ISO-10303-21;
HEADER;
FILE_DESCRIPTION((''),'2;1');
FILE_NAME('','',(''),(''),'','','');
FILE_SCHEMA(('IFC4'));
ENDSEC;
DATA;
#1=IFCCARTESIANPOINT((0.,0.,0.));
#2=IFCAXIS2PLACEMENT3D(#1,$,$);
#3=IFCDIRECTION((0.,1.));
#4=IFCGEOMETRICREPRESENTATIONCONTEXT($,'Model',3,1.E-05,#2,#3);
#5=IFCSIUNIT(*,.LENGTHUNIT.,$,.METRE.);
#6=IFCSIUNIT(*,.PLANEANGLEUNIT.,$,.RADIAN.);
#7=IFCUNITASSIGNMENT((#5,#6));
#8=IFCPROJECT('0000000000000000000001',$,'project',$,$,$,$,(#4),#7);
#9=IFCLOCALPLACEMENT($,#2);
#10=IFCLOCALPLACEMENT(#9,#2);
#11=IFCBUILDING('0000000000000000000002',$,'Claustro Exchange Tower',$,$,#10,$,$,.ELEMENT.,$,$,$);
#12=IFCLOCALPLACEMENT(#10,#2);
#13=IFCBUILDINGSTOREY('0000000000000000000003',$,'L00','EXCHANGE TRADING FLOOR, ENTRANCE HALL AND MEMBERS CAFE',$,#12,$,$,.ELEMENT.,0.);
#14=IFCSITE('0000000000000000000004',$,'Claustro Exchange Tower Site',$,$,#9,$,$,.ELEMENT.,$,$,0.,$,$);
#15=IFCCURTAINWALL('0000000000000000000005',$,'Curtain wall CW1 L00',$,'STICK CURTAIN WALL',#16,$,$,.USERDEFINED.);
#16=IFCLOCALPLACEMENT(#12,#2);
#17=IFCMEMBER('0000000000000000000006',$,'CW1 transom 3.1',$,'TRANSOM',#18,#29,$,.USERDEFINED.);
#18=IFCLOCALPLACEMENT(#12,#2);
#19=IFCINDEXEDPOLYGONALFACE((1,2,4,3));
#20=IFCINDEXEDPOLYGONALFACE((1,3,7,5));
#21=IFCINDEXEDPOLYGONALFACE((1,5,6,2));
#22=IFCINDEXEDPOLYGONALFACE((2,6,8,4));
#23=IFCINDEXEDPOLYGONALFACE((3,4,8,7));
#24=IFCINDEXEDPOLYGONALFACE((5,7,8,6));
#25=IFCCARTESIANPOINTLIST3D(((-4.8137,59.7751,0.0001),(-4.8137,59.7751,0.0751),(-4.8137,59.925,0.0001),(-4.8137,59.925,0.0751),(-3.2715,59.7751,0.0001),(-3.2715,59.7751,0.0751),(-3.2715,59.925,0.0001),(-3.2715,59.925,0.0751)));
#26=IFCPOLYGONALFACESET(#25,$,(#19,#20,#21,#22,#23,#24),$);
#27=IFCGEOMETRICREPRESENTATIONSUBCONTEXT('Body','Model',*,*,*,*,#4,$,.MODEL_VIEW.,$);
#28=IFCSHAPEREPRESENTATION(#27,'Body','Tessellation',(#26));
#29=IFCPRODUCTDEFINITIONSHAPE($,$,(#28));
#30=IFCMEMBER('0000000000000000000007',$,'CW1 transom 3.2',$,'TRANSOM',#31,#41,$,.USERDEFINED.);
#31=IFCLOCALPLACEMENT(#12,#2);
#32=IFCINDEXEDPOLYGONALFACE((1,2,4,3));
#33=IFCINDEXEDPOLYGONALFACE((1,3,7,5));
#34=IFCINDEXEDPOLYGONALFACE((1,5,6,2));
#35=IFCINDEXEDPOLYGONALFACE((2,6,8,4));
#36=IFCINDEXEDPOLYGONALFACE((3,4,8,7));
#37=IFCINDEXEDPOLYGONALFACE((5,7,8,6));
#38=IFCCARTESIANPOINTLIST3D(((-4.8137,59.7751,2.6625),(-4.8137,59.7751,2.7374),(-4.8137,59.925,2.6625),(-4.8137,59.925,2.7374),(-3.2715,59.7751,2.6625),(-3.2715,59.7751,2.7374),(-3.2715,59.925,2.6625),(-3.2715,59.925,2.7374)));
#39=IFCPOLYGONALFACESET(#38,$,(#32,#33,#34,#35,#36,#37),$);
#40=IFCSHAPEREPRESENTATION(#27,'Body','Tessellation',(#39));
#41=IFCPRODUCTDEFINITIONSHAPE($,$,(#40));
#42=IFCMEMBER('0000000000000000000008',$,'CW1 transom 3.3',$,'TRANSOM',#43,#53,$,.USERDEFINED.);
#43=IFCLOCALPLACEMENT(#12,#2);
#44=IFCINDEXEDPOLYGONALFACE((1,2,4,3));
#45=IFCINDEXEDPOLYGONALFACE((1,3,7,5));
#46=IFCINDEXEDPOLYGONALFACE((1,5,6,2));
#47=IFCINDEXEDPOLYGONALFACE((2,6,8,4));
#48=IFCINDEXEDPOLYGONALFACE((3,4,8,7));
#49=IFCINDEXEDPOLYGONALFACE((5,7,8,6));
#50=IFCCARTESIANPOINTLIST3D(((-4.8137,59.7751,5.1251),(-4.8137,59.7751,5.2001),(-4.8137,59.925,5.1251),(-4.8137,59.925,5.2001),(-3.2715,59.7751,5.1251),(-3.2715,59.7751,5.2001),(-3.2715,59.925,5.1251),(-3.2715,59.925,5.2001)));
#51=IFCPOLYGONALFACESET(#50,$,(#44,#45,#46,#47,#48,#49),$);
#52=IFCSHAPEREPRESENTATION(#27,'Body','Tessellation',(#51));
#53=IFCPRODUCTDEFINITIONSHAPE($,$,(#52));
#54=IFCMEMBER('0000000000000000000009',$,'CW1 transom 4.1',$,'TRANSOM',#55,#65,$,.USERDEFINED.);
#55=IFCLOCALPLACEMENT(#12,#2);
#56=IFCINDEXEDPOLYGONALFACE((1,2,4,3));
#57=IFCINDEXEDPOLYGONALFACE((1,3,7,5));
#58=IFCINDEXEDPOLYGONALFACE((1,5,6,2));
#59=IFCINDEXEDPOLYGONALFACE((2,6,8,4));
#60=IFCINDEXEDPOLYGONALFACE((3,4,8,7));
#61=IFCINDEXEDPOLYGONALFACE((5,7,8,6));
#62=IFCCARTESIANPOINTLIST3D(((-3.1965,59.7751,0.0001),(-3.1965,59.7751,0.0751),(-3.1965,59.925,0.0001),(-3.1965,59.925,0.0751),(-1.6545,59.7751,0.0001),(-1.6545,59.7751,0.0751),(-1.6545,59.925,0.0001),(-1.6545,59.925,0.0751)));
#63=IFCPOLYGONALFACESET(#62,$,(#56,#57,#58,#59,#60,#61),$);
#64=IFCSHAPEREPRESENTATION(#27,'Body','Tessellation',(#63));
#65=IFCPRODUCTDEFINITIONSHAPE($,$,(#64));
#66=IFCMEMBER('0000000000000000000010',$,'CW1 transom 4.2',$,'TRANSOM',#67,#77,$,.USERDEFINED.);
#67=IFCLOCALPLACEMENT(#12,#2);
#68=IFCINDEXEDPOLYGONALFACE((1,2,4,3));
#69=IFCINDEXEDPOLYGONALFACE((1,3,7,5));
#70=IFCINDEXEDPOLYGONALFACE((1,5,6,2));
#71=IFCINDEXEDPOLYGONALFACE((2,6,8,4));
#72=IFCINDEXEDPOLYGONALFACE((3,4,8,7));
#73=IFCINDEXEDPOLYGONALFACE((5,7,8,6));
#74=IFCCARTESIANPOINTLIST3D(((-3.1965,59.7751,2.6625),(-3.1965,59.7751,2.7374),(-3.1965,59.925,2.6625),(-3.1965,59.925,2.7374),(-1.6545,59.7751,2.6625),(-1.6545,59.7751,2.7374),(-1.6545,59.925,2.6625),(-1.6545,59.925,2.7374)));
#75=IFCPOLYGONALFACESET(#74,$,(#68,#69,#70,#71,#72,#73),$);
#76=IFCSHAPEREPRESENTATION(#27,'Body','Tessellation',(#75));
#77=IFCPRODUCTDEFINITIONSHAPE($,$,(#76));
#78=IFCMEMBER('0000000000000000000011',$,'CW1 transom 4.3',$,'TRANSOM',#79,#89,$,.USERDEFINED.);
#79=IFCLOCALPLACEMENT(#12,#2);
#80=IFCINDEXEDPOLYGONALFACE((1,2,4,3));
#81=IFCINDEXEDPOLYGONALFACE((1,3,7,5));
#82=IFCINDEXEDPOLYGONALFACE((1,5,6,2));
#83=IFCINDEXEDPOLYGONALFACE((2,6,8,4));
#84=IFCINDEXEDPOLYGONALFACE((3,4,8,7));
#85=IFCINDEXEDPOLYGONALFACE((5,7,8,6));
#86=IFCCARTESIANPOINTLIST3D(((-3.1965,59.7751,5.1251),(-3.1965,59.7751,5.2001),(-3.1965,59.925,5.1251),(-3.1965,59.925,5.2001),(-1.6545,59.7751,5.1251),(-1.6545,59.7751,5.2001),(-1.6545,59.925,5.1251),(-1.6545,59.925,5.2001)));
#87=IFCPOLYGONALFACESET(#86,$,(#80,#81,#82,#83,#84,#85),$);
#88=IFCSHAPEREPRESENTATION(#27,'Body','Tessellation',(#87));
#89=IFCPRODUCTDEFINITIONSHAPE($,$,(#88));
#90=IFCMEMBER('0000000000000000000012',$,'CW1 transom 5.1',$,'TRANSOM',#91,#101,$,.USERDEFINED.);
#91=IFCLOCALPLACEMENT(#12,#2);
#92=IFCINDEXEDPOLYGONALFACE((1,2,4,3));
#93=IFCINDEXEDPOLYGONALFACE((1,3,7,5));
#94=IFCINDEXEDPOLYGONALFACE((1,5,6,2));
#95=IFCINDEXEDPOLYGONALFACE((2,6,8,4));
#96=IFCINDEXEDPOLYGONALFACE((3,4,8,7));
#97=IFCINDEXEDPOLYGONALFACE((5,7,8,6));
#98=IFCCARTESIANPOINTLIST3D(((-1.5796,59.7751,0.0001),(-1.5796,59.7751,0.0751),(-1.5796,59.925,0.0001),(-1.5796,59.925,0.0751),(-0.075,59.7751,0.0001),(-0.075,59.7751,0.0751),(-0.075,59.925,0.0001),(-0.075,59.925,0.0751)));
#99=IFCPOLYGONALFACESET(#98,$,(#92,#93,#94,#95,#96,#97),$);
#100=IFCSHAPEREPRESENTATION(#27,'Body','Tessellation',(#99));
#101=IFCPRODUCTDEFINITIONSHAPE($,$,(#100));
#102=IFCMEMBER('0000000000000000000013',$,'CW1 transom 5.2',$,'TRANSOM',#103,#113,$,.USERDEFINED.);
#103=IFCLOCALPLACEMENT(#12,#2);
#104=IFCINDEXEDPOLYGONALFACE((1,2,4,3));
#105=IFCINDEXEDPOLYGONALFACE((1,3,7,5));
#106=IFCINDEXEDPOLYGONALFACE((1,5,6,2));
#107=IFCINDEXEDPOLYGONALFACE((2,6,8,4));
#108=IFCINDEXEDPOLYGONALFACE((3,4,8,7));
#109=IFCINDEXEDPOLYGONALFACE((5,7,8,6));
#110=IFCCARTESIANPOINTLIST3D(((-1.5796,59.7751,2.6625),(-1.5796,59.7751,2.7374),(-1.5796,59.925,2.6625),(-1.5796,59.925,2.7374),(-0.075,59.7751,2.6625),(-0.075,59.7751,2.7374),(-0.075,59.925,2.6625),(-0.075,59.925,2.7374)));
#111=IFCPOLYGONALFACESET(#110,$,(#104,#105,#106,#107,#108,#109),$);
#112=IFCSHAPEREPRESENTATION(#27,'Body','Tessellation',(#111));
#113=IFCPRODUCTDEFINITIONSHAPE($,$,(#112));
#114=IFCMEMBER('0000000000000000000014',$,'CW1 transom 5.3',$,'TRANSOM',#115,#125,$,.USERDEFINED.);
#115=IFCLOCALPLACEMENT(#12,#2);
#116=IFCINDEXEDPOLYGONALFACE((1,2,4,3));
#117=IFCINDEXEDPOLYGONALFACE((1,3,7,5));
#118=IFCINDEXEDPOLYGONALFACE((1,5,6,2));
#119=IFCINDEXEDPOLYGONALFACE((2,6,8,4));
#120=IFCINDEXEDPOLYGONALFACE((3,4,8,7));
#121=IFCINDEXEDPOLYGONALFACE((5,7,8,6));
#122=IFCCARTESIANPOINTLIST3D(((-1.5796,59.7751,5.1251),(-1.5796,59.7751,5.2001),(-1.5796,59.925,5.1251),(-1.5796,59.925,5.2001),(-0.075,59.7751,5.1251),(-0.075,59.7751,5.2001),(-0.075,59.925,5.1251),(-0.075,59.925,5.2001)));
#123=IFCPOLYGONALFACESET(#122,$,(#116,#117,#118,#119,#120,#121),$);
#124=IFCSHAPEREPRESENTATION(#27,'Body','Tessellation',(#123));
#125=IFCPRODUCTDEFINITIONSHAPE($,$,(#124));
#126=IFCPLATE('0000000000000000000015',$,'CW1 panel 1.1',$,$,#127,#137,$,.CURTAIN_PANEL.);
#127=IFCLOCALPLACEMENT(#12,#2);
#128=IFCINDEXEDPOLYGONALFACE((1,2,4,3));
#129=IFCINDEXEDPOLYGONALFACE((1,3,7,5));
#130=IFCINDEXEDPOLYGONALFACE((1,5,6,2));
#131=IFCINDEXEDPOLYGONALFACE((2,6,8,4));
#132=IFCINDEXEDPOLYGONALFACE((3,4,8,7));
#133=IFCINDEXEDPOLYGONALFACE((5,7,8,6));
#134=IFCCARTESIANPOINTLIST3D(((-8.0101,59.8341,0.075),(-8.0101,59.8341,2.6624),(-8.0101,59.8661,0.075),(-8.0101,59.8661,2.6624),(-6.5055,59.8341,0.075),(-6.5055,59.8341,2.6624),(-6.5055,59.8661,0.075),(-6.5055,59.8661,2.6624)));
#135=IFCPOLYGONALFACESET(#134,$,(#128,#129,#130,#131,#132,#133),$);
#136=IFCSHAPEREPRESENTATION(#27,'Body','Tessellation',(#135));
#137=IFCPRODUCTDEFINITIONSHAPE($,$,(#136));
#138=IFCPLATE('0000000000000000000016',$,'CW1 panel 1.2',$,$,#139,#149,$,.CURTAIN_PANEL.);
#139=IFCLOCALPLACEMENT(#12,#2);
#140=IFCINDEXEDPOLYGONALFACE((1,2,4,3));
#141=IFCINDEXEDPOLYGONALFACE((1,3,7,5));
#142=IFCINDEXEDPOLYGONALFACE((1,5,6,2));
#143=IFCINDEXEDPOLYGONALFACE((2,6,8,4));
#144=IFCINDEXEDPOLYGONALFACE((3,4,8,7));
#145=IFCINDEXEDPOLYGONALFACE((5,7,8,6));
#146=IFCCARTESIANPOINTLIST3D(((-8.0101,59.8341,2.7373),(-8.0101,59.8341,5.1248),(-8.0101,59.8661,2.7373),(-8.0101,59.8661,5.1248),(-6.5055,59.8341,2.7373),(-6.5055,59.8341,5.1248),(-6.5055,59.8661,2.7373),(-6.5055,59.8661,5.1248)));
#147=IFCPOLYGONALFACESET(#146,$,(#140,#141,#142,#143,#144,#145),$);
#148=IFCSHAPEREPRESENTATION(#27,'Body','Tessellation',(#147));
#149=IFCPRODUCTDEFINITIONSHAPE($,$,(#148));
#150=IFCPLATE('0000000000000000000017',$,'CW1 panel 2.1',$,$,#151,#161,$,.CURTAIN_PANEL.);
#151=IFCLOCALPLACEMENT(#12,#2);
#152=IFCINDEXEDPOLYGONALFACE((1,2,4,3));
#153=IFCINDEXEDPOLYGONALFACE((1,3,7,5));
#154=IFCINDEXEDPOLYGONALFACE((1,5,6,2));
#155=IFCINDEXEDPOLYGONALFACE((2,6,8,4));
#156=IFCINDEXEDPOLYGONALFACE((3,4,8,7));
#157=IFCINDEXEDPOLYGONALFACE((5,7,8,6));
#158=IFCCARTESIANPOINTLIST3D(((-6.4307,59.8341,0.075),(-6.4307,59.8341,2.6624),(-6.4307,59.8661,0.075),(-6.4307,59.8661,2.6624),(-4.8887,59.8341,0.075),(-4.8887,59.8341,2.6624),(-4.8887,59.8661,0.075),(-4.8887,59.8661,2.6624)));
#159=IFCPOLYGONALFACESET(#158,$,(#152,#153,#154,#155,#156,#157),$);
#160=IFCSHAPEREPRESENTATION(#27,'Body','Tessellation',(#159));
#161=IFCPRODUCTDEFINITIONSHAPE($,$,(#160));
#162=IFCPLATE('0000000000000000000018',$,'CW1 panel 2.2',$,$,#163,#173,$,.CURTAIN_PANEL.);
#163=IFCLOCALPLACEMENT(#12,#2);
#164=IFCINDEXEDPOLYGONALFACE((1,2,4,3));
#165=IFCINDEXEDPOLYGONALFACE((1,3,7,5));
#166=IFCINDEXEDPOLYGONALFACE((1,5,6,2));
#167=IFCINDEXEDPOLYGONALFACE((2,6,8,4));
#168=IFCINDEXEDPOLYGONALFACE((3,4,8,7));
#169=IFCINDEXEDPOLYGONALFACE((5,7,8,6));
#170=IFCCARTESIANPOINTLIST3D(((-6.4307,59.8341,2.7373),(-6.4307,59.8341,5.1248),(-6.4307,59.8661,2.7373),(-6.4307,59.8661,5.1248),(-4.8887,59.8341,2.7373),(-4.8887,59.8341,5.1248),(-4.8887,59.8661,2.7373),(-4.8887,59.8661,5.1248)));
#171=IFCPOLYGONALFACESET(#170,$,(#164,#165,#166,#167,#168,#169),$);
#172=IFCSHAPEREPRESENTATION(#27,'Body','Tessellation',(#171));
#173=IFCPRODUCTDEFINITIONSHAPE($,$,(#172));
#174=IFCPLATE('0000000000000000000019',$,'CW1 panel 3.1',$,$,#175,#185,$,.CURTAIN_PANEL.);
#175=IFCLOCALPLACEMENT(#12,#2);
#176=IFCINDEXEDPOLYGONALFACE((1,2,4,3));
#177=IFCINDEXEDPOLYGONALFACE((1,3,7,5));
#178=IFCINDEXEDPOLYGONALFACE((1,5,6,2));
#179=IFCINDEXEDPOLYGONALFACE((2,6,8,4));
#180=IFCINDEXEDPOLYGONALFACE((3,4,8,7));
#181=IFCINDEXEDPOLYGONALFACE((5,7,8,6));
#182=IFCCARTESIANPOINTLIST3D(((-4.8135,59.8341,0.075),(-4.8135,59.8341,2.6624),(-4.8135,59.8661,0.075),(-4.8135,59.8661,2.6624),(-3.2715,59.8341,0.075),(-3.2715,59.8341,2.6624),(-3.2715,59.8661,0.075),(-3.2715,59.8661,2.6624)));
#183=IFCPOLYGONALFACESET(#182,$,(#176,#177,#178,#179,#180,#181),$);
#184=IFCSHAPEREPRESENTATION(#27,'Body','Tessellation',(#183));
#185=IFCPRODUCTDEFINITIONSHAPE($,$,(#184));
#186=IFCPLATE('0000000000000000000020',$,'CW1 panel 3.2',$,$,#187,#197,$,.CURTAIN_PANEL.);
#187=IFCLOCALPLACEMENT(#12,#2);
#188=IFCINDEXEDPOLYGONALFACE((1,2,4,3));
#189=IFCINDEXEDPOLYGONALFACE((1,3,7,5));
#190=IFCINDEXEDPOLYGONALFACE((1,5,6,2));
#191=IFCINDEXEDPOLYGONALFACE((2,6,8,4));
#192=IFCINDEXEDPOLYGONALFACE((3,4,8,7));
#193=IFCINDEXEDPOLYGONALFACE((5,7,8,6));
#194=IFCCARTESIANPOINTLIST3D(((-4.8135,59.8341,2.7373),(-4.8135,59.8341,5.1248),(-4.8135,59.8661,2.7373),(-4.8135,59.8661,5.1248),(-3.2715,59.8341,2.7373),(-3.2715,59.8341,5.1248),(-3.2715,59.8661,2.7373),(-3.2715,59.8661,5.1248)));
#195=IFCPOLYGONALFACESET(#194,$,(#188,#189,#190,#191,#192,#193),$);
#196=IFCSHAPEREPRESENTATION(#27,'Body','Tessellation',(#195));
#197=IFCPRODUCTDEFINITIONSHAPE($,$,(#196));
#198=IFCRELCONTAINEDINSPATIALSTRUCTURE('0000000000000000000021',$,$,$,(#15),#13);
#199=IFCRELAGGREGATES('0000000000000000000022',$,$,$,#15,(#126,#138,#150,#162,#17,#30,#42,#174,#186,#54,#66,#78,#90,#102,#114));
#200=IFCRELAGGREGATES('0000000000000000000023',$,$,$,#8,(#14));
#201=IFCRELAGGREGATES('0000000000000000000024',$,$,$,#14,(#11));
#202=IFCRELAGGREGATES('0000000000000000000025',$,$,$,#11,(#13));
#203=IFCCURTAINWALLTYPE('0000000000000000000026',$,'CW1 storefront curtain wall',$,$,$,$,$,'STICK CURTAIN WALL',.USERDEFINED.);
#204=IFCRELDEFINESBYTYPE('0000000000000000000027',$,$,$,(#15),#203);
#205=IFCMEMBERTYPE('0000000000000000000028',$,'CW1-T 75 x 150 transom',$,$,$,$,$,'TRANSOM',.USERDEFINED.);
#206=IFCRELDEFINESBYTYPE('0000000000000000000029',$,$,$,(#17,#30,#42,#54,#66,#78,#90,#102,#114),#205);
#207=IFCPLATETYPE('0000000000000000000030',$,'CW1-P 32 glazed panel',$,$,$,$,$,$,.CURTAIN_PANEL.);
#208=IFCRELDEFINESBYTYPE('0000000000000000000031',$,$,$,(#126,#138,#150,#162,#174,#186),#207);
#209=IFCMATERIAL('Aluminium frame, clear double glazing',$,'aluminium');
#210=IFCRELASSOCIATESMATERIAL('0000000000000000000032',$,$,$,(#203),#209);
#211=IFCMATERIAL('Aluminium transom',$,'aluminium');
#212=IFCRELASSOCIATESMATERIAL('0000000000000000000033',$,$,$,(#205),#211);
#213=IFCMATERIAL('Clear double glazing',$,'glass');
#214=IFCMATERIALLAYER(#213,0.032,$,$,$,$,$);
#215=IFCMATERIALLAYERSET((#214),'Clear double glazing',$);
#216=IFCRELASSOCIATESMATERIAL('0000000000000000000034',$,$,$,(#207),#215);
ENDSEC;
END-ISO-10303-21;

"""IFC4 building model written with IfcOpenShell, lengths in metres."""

from ifc_helpers import new_model, si_unit, direction, frame, origin, origin_2d, place, context, subcontext, project, spatial, rectangle, extrude, material, layer, layer_set, material_profile, profile_set, type_object, element, aggregate, save


model = new_model("IFC4")

# Units and contexts
model_context = context("Model", 3, precision=1e-05, world=origin(), true_north=direction((0.0, 1.0)))
body_context = subcontext(model_context, "Body", "Model", "MODEL_VIEW")
ifc_project = project(units=[si_unit("LENGTHUNIT", "METRE"), si_unit("PLANEANGLEUNIT", "RADIAN")], contexts=[model_context])

# Site, building, storey
site_placement = place(None, origin())
site = spatial("IfcSite", under=ifc_project, at=site_placement, Name="Claustro Exchange Tower Site", CompositionType="ELEMENT", RefElevation=0.0)
building_placement = place(site_placement, origin())
building = spatial("IfcBuilding", under=site, at=building_placement, Name="Claustro Exchange Tower", CompositionType="ELEMENT")
storey_placement = place(building_placement, origin())
storey = spatial("IfcBuildingStorey", under=building, at=storey_placement, Name="L00", Description="EXCHANGE TRADING FLOOR, ENTRANCE HALL AND MEMBERS CAFE", CompositionType="ELEMENT", Elevation=0.0)

# Curtain wall, members, plates
ifc_material_1 = material(Name="Aluminium frame, clear double glazing", Category="aluminium")
curtain_wall_type = type_object("IfcCurtainWallType", Name="CW1 storefront curtain wall", ElementType="STICK CURTAIN WALL", PredefinedType="USERDEFINED", material=ifc_material_1)
curtain_wall_placement = place(storey_placement, origin())
curtain_wall = element("IfcCurtainWall", 1, at=curtain_wall_placement, inside=storey, type_object=curtain_wall_type, Name="Curtain wall CW1 L00", ObjectType="STICK CURTAIN WALL", PredefinedType="USERDEFINED")
ifc_material_2 = material(Name="Aluminium transom", Category="aluminium")
ifc_material_profile_1 = material_profile(ifc_material_2, rectangle(XDim=0.1499, YDim=0.075, at=origin_2d()), Name="CW1-T 75x150")
ifc_profile_set_1 = profile_set([ifc_material_profile_1], Name="Aluminium transom")
member_type_1 = type_object("IfcMemberType", Name="CW1-T 75 x 150 transom", ElementType="TRANSOM", PredefinedType="USERDEFINED", material=ifc_profile_set_1)
member_1_placement = place(storey_placement, frame((-4.8137, 59.8501, 0.0376), z_axis=(1.0, 0.0, 0.0), x_axis=(0.0, 1.0, 0.0)))
member_1 = element("IfcMember", 2, at=member_1_placement, type_object=member_type_1, Name="CW1 transom 3.1", ObjectType="TRANSOM", PredefinedType="USERDEFINED", context=body_context, shape_type="SweptSolid", body=[
    extrude(rectangle(XDim=0.1499, YDim=0.075, at=origin_2d()), origin(), (0.0, 0.0, 1.0), 1.5422),
])
member_2_placement = place(storey_placement, frame((-4.8137, 59.8501, 2.7), z_axis=(1.0, 0.0, 0.0), x_axis=(0.0, 1.0, 0.0)))
member_2 = element("IfcMember", 3, at=member_2_placement, type_object=member_type_1, Name="CW1 transom 3.2", ObjectType="TRANSOM", PredefinedType="USERDEFINED", context=body_context, shape_type="SweptSolid", body=[
    extrude(rectangle(XDim=0.1499, YDim=0.075, at=origin_2d()), origin(), (0.0, 0.0, 1.0), 1.5422),
])
member_3_placement = place(storey_placement, frame((-4.8137, 59.8501, 5.1626), z_axis=(1.0, 0.0, 0.0), x_axis=(0.0, 1.0, 0.0)))
member_3 = element("IfcMember", 4, at=member_3_placement, type_object=member_type_1, Name="CW1 transom 3.3", ObjectType="TRANSOM", PredefinedType="USERDEFINED", context=body_context, shape_type="SweptSolid", body=[
    extrude(rectangle(XDim=0.1499, YDim=0.075, at=origin_2d()), origin(), (0.0, 0.0, 1.0), 1.5422),
])
member_4_placement = place(storey_placement, frame((-3.1965, 59.8501, 0.0376), z_axis=(1.0, 0.0, 0.0), x_axis=(0.0, 1.0, 0.0)))
member_4 = element("IfcMember", 5, at=member_4_placement, type_object=member_type_1, Name="CW1 transom 4.1", ObjectType="TRANSOM", PredefinedType="USERDEFINED", context=body_context, shape_type="SweptSolid", body=[
    extrude(rectangle(XDim=0.1499, YDim=0.075, at=origin_2d()), origin(), (0.0, 0.0, 1.0), 1.542),
])
member_5_placement = place(storey_placement, frame((-3.1965, 59.8501, 2.7), z_axis=(1.0, 0.0, 0.0), x_axis=(0.0, 1.0, 0.0)))
member_5 = element("IfcMember", 6, at=member_5_placement, type_object=member_type_1, Name="CW1 transom 4.2", ObjectType="TRANSOM", PredefinedType="USERDEFINED", context=body_context, shape_type="SweptSolid", body=[
    extrude(rectangle(XDim=0.1499, YDim=0.075, at=origin_2d()), origin(), (0.0, 0.0, 1.0), 1.542),
])
member_6_placement = place(storey_placement, frame((-3.1965, 59.8501, 5.1626), z_axis=(1.0, 0.0, 0.0), x_axis=(0.0, 1.0, 0.0)))
member_6 = element("IfcMember", 7, at=member_6_placement, type_object=member_type_1, Name="CW1 transom 4.3", ObjectType="TRANSOM", PredefinedType="USERDEFINED", context=body_context, shape_type="SweptSolid", body=[
    extrude(rectangle(XDim=0.1499, YDim=0.075, at=origin_2d()), origin(), (0.0, 0.0, 1.0), 1.542),
])
member_7_placement = place(storey_placement, frame((-1.5796, 59.8501, 0.0376), z_axis=(1.0, 0.0, 0.0), x_axis=(0.0, 1.0, 0.0)))
member_7 = element("IfcMember", 8, at=member_7_placement, type_object=member_type_1, Name="CW1 transom 5.1", ObjectType="TRANSOM", PredefinedType="USERDEFINED", context=body_context, shape_type="SweptSolid", body=[
    extrude(rectangle(XDim=0.1499, YDim=0.075, at=origin_2d()), origin(), (0.0, 0.0, 1.0), 1.5046),
])
member_8_placement = place(storey_placement, frame((-1.5796, 59.8501, 2.7), z_axis=(1.0, 0.0, 0.0), x_axis=(0.0, 1.0, 0.0)))
member_8 = element("IfcMember", 9, at=member_8_placement, type_object=member_type_1, Name="CW1 transom 5.2", ObjectType="TRANSOM", PredefinedType="USERDEFINED", context=body_context, shape_type="SweptSolid", body=[
    extrude(rectangle(XDim=0.1499, YDim=0.075, at=origin_2d()), origin(), (0.0, 0.0, 1.0), 1.5046),
])
member_9_placement = place(storey_placement, frame((-1.5796, 59.8501, 5.1626), z_axis=(1.0, 0.0, 0.0), x_axis=(0.0, 1.0, 0.0)))
member_9 = element("IfcMember", 10, at=member_9_placement, type_object=member_type_1, Name="CW1 transom 5.3", ObjectType="TRANSOM", PredefinedType="USERDEFINED", context=body_context, shape_type="SweptSolid", body=[
    extrude(rectangle(XDim=0.1499, YDim=0.075, at=origin_2d()), origin(), (0.0, 0.0, 1.0), 1.5046),
])
ifc_material_3 = material(Name="Clear double glazing", Category="glass")
ifc_layer_1 = layer(ifc_material_3, 0.032)
ifc_layer_set_1 = layer_set([ifc_layer_1], Name="Clear double glazing")
plate_type = type_object("IfcPlateType", Name="CW1-P 32 glazed panel", PredefinedType="CURTAIN_PANEL", material=ifc_layer_set_1)
plate_1_placement = place(storey_placement, frame((-7.2578, 59.8501, 0.075), z_axis=(0.0, 0.0, 1.0), x_axis=(1.0, 0.0, 0.0)))
plate_1 = element("IfcPlate", 11, at=plate_1_placement, type_object=plate_type, Name="CW1 panel 1.1", PredefinedType="CURTAIN_PANEL", context=body_context, shape_type="SweptSolid", body=[
    extrude(rectangle(XDim=1.5046, YDim=0.032, at=origin_2d()), origin(), (0.0, 0.0, 1.0), 2.5874),
])
plate_2_placement = place(storey_placement, frame((-7.2578, 59.8501, 2.7373), z_axis=(0.0, 0.0, 1.0), x_axis=(1.0, 0.0, 0.0)))
plate_2 = element("IfcPlate", 12, at=plate_2_placement, type_object=plate_type, Name="CW1 panel 1.2", PredefinedType="CURTAIN_PANEL", context=body_context, shape_type="SweptSolid", body=[
    extrude(rectangle(XDim=1.5046, YDim=0.032, at=origin_2d()), origin(), (0.0, 0.0, 1.0), 2.3875),
])
plate_3_placement = place(storey_placement, frame((-5.6597, 59.8501, 0.075), z_axis=(0.0, 0.0, 1.0), x_axis=(1.0, 0.0, 0.0)))
plate_3 = element("IfcPlate", 13, at=plate_3_placement, type_object=plate_type, Name="CW1 panel 2.1", PredefinedType="CURTAIN_PANEL", context=body_context, shape_type="SweptSolid", body=[
    extrude(rectangle(XDim=1.542, YDim=0.032, at=origin_2d()), origin(), (0.0, 0.0, 1.0), 2.5874),
])
plate_4_placement = place(storey_placement, frame((-5.6597, 59.8501, 2.7373), z_axis=(0.0, 0.0, 1.0), x_axis=(1.0, 0.0, 0.0)))
plate_4 = element("IfcPlate", 14, at=plate_4_placement, type_object=plate_type, Name="CW1 panel 2.2", PredefinedType="CURTAIN_PANEL", context=body_context, shape_type="SweptSolid", body=[
    extrude(rectangle(XDim=1.542, YDim=0.032, at=origin_2d()), origin(), (0.0, 0.0, 1.0), 2.3875),
])
plate_5_placement = place(storey_placement, frame((-4.0425, 59.8501, 0.075), z_axis=(0.0, 0.0, 1.0), x_axis=(1.0, 0.0, 0.0)))
plate_5 = element("IfcPlate", 15, at=plate_5_placement, type_object=plate_type, Name="CW1 panel 3.1", PredefinedType="CURTAIN_PANEL", context=body_context, shape_type="SweptSolid", body=[
    extrude(rectangle(XDim=1.542, YDim=0.032, at=origin_2d()), origin(), (0.0, 0.0, 1.0), 2.5874),
])
plate_6_placement = place(storey_placement, frame((-4.0425, 59.8501, 2.7373), z_axis=(0.0, 0.0, 1.0), x_axis=(1.0, 0.0, 0.0)))
plate_6 = element("IfcPlate", 16, at=plate_6_placement, type_object=plate_type, Name="CW1 panel 3.2", PredefinedType="CURTAIN_PANEL", context=body_context, shape_type="SweptSolid", body=[
    extrude(rectangle(XDim=1.542, YDim=0.032, at=origin_2d()), origin(), (0.0, 0.0, 1.0), 2.3875),
])
aggregate(curtain_wall, [plate_1, plate_2, plate_3, plate_4, member_1, member_2, member_3, plate_5, plate_6, member_4, member_5, member_6, member_7, member_8, member_9])

save(model, "model.ifc")
